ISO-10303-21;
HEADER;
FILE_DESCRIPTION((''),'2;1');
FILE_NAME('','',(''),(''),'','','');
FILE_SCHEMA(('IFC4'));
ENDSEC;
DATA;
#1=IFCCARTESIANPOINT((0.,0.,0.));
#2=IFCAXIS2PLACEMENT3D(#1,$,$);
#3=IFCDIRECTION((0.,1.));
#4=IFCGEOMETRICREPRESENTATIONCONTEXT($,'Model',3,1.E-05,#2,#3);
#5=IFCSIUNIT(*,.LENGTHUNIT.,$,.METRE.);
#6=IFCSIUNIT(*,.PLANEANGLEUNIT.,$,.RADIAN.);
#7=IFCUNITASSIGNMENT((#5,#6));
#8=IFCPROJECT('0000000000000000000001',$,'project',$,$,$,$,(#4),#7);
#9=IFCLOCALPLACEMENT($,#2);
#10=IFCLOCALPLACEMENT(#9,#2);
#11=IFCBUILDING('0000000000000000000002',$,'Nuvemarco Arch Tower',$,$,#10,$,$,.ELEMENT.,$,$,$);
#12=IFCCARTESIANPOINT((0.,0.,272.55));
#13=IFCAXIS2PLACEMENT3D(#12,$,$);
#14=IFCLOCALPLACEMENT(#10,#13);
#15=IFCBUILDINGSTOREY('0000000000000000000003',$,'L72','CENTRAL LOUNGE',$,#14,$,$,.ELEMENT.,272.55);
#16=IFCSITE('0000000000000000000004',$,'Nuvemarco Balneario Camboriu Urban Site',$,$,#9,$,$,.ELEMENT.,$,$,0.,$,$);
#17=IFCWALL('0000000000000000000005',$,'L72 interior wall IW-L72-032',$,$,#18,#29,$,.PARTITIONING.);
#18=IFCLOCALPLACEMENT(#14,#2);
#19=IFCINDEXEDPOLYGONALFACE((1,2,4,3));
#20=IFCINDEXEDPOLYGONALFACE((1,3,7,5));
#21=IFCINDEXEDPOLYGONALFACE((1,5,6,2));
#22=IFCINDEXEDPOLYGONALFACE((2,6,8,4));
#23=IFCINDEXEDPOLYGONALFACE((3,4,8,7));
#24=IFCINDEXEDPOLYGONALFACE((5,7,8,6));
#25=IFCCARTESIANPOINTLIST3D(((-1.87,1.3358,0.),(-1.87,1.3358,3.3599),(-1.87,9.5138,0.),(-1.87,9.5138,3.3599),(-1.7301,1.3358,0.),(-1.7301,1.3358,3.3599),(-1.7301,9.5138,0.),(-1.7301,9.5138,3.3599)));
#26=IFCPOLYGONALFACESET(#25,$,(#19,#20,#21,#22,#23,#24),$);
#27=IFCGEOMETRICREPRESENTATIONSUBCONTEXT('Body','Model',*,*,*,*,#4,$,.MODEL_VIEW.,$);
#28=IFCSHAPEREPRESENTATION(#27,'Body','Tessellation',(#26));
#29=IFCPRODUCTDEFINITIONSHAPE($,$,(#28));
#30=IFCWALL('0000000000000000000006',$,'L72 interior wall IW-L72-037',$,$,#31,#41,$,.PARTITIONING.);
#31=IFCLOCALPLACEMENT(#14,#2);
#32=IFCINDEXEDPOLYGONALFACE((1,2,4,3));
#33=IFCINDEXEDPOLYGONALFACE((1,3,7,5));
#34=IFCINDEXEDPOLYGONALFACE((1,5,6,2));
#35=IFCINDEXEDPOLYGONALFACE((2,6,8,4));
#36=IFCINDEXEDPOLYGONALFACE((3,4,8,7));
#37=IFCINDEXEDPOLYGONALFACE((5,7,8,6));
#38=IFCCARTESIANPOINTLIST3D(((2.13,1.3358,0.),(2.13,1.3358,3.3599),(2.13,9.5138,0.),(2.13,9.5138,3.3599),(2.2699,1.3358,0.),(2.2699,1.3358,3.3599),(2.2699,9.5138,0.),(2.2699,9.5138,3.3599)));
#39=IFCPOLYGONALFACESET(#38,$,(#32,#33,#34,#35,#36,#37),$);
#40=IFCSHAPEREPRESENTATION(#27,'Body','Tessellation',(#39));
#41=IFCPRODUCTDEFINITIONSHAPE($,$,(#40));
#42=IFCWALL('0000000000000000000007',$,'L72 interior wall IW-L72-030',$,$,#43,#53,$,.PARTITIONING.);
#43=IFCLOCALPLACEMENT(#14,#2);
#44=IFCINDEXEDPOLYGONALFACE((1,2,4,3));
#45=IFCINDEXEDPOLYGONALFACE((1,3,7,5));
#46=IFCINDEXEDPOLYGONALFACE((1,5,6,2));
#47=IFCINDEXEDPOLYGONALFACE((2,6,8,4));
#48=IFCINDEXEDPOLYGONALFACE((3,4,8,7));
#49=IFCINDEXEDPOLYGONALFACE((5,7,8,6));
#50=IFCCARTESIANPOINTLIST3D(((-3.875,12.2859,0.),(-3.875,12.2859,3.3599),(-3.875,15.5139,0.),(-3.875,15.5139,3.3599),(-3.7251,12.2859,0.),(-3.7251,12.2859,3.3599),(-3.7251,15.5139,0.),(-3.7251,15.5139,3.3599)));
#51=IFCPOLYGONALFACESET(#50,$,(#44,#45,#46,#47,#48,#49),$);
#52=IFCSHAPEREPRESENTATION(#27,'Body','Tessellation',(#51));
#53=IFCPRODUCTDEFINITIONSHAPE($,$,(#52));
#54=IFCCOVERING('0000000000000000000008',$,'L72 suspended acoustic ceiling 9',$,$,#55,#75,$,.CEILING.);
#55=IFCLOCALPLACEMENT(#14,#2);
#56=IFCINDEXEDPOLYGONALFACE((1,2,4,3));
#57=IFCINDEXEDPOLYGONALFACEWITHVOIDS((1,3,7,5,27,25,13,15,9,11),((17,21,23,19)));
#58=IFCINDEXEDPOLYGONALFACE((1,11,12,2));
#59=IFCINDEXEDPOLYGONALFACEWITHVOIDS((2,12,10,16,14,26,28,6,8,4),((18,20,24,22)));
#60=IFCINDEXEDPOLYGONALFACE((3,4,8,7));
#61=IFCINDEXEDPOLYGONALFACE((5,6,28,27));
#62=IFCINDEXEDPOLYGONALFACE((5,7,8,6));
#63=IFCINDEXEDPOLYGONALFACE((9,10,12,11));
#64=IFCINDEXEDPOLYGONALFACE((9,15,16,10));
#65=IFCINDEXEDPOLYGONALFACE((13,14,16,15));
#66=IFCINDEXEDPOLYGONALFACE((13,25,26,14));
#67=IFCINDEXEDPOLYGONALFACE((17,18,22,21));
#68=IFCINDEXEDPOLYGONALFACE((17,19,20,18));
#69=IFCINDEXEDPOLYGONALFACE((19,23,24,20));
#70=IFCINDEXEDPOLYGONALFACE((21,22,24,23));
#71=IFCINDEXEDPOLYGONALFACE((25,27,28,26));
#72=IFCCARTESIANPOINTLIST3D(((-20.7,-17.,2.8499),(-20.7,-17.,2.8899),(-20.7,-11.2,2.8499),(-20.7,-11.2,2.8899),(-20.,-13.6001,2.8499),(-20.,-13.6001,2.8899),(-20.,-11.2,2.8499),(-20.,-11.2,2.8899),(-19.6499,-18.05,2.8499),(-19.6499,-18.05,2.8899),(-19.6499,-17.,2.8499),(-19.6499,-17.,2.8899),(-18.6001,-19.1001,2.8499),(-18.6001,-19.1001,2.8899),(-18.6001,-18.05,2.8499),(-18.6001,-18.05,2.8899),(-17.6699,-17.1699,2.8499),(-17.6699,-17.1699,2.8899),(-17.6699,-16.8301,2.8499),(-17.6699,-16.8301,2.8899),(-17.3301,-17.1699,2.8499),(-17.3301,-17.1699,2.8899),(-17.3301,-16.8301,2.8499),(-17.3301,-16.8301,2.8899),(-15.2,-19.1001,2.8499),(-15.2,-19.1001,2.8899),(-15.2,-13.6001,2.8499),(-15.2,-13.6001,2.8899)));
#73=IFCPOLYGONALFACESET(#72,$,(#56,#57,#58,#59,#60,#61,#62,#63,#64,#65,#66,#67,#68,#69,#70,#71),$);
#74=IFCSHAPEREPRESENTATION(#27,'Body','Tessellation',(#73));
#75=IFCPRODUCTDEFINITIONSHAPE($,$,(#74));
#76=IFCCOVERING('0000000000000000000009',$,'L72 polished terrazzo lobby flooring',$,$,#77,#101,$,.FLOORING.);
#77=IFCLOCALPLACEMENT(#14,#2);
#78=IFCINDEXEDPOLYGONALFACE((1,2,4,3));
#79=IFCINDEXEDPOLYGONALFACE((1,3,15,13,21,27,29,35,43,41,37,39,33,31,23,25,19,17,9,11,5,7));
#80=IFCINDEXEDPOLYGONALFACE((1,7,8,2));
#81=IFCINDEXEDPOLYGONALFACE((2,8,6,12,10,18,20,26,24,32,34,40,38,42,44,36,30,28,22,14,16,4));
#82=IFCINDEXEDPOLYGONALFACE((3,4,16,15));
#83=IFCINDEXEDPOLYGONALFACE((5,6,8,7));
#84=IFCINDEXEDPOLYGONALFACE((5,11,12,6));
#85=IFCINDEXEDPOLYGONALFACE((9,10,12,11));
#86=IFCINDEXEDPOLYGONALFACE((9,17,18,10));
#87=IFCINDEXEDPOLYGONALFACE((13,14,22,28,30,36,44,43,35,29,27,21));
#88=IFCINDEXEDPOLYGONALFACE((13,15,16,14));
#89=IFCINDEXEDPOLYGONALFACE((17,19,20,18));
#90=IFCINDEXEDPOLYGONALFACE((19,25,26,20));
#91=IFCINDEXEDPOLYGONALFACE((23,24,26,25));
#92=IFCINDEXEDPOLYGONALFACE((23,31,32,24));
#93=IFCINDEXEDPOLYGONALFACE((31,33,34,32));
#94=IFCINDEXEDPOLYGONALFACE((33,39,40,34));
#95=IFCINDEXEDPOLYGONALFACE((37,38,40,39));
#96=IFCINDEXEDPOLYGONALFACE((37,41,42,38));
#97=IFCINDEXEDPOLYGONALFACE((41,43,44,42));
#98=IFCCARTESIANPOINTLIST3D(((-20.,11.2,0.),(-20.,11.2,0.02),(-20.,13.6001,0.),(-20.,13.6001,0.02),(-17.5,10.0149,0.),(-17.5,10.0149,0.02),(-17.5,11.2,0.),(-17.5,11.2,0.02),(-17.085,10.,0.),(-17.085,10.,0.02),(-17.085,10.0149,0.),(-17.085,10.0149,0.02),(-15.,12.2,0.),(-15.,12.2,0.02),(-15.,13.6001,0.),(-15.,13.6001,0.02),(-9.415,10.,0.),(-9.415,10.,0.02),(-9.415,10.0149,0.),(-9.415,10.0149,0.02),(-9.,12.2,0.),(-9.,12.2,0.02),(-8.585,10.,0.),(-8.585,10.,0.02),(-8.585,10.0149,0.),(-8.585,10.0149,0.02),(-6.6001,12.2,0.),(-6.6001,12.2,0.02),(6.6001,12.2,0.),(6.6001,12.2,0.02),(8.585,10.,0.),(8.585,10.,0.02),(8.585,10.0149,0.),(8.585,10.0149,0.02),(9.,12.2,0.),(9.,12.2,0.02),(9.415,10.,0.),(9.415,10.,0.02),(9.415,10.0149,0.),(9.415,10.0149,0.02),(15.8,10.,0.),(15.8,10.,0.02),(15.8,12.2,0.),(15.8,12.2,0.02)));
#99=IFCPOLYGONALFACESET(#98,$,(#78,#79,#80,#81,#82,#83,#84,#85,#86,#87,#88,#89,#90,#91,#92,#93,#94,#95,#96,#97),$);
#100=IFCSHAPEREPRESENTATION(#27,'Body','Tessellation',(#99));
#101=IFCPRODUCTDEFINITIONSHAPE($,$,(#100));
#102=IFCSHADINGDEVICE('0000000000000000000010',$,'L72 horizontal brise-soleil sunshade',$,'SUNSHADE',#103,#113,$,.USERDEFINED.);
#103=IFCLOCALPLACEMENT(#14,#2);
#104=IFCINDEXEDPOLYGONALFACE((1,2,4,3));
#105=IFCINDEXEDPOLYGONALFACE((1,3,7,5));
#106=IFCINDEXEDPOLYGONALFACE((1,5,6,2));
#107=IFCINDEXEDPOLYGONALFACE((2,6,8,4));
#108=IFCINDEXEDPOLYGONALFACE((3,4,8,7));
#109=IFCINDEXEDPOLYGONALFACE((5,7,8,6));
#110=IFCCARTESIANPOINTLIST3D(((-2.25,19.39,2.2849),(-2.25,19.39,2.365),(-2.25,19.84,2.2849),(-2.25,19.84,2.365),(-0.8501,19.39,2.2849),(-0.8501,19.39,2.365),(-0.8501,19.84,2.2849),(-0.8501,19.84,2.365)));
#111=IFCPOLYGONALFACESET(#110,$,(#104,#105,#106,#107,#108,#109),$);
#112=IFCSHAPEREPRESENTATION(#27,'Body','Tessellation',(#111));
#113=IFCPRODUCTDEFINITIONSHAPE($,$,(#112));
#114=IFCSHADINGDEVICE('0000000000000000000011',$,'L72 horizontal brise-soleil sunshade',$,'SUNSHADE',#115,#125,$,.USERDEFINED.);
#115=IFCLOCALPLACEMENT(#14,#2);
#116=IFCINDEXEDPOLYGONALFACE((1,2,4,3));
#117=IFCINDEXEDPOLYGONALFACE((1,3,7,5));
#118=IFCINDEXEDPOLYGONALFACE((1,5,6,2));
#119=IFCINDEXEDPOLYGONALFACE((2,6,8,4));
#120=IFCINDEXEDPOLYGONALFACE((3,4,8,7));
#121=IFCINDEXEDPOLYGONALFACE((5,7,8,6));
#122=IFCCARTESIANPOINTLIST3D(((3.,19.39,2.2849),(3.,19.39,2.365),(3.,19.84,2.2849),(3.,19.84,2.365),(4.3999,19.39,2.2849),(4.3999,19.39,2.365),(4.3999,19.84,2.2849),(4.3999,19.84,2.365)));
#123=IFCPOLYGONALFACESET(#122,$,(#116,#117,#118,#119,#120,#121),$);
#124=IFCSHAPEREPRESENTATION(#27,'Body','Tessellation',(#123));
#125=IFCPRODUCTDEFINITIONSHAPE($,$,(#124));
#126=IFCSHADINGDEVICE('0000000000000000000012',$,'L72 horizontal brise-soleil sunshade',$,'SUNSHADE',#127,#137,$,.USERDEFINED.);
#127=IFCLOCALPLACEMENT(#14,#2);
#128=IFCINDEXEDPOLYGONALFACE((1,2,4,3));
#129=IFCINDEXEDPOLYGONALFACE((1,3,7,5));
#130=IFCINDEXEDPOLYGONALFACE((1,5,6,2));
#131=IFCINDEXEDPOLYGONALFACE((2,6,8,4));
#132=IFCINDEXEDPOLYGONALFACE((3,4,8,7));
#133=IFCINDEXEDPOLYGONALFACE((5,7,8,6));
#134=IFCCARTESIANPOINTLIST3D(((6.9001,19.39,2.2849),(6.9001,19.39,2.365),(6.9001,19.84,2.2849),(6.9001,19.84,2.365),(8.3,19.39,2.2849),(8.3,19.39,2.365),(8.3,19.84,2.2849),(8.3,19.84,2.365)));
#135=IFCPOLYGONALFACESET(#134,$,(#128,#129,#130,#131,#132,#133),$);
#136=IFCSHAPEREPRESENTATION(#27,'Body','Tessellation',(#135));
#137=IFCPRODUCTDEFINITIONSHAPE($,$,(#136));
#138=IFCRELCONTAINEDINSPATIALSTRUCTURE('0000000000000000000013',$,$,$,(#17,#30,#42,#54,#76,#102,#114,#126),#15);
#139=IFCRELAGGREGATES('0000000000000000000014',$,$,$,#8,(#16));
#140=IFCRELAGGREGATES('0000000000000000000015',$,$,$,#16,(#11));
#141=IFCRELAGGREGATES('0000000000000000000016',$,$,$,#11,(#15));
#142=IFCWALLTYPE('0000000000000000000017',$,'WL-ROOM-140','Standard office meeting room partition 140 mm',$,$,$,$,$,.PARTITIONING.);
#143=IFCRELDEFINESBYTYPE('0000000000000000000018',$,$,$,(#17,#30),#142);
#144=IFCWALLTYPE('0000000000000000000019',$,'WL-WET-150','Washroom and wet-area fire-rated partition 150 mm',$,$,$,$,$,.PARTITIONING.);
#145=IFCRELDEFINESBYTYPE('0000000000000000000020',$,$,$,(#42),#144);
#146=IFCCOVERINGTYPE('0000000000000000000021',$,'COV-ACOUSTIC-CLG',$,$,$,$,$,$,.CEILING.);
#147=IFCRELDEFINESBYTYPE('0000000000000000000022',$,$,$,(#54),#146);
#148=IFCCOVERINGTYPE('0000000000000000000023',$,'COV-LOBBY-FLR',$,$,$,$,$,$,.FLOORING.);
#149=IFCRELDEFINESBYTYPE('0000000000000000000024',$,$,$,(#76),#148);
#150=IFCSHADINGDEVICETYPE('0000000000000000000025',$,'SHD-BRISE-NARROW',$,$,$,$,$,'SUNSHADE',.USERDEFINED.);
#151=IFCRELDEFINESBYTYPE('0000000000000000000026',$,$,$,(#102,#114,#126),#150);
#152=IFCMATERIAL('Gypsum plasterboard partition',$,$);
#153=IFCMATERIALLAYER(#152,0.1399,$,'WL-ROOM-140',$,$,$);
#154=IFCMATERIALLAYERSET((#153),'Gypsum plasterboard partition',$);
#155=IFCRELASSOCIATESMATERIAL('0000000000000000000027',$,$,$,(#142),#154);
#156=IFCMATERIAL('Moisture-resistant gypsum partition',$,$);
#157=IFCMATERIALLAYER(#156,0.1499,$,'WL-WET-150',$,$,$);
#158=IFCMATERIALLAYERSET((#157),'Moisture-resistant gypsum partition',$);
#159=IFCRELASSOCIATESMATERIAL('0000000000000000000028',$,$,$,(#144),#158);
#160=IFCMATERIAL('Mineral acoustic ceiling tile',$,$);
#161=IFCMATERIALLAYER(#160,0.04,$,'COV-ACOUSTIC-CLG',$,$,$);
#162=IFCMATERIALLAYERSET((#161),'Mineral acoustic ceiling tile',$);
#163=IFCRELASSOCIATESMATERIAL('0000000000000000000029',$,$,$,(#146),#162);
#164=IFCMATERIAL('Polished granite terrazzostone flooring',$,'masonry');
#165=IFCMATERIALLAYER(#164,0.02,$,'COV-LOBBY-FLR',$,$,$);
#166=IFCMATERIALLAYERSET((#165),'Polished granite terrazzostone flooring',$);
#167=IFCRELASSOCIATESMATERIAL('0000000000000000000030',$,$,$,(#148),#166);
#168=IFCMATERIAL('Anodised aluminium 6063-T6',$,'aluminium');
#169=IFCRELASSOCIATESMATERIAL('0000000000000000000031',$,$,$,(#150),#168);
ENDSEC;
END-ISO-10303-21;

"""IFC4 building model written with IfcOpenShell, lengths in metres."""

from ifc_helpers import new_model, si_unit, direction, frame, frame_2d, origin, origin_2d, place, context, subcontext, project, spatial, polyline, rectangle, outline, extrude, source, transform, mapped, material, layer, layer_set, type_object, type_shapes, element, save


model = new_model("IFC4")

# Units and contexts
model_context = context("Model", 3, precision=1e-05, world=origin(), true_north=direction((0.0, 1.0)))
body_context = subcontext(model_context, "Body", "Model", "MODEL_VIEW")
ifc_project = project(units=[si_unit("LENGTHUNIT", "METRE"), si_unit("PLANEANGLEUNIT", "RADIAN")], contexts=[model_context])

# Site, building, storey
site_placement = place(None, origin())
site = spatial("IfcSite", under=ifc_project, at=site_placement, Name="Nuvemarco Balneario Camboriu Urban Site", CompositionType="ELEMENT", RefElevation=0.0)
building_placement = place(site_placement, origin())
building = spatial("IfcBuilding", under=site, at=building_placement, Name="Nuvemarco Arch Tower", CompositionType="ELEMENT")
storey_placement = place(building_placement, frame((0.0, 0.0, 272.55)))
storey = spatial("IfcBuildingStorey", under=building, at=storey_placement, Name="L72", Description="CENTRAL LOUNGE", CompositionType="ELEMENT", Elevation=272.55)

# Walls
ifc_material_1 = material(Name="Gypsum plasterboard partition")
ifc_layer_1 = layer(ifc_material_1, 0.1399, Name="WL-ROOM-140")
ifc_layer_set_1 = layer_set([ifc_layer_1], Name="Gypsum plasterboard partition")
wall_type_1 = type_object("IfcWallType", Name="WL-ROOM-140", Description="Standard office meeting room partition 140 mm", PredefinedType="PARTITIONING", material=ifc_layer_set_1)
for number, where, z_axis, x_axis, name in (
    (1, (-1.8, 1.3359, 0.0), (0.0, 0.0, 1.0), (0.0, 1.0, 0.0), "L72 interior wall IW-L72-032"),
    (2, (2.2, 1.3359, 0.0), (0.0, 0.0, 1.0), (0.0, 1.0, 0.0), "L72 interior wall IW-L72-037"),
):
    element("IfcWall", number, at=place(storey_placement, frame(where, z_axis=z_axis, x_axis=x_axis)), inside=storey, type_object=wall_type_1, Name=name, PredefinedType="PARTITIONING", context=body_context, shape_type="SweptSolid", body=[
        extrude(rectangle(XDim=8.178, YDim=0.1399, at=frame_2d((4.0889, 0.0))), origin(), (0.0, 0.0, 1.0), 3.3599),
    ])
ifc_material_2 = material(Name="Moisture-resistant gypsum partition")
ifc_layer_2 = layer(ifc_material_2, 0.1499, Name="WL-WET-150")
ifc_layer_set_2 = layer_set([ifc_layer_2], Name="Moisture-resistant gypsum partition")
wall_type_2 = type_object("IfcWallType", Name="WL-WET-150", Description="Washroom and wet-area fire-rated partition 150 mm", PredefinedType="PARTITIONING", material=ifc_layer_set_2)
wall_1_placement = place(storey_placement, frame((-3.8, 12.2859, 0.0), z_axis=(0.0, 0.0, 1.0), x_axis=(0.0, 1.0, 0.0)))
element("IfcWall", 3, at=wall_1_placement, inside=storey, type_object=wall_type_2, Name="L72 interior wall IW-L72-030", PredefinedType="PARTITIONING", context=body_context, shape_type="SweptSolid", body=[
    extrude(rectangle(XDim=3.228, YDim=0.1499, at=frame_2d((1.614, 0.0))), origin(), (0.0, 0.0, 1.0), 3.3599),
])

# Coverings
ifc_material_3 = material(Name="Mineral acoustic ceiling tile")
ifc_layer_3 = layer(ifc_material_3, 0.04, Name="COV-ACOUSTIC-CLG")
ifc_layer_set_3 = layer_set([ifc_layer_3], Name="Mineral acoustic ceiling tile")
covering_type_1 = type_object("IfcCoveringType", Name="COV-ACOUSTIC-CLG", PredefinedType="CEILING", material=ifc_layer_set_3)
covering_1_placement = place(storey_placement, frame((0.0, 0.0, 2.8499)))
element("IfcCovering", 4, at=covering_1_placement, inside=storey, type_object=covering_type_1, Name="L72 suspended acoustic ceiling 9", PredefinedType="CEILING", context=body_context, shape_type="SweptSolid", body=[
    extrude(outline(polyline([(-20.7, -17.0), (-20.7, -11.2), (-20.0, -11.2), (-20.0, -13.6001), (-15.2, -13.6001), (-15.2, -19.1001), (-18.6001, -19.1001), (-18.6001, -18.05), (-19.6499, -18.05), (-19.6499, -17.0), (-20.7, -17.0)]), holes=[polyline([(-17.3301, -16.8301), (-17.6699, -16.8301), (-17.6699, -17.1699), (-17.3301, -17.1699), (-17.3301, -16.8301)])]), origin(), (0.0, 0.0, 1.0), 0.04),
])
ifc_material_4 = material(Name="Polished granite terrazzostone flooring", Category="masonry")
ifc_layer_4 = layer(ifc_material_4, 0.02, Name="COV-LOBBY-FLR")
ifc_layer_set_4 = layer_set([ifc_layer_4], Name="Polished granite terrazzostone flooring")
covering_type_2 = type_object("IfcCoveringType", Name="COV-LOBBY-FLR", PredefinedType="FLOORING", material=ifc_layer_set_4)
covering_2_placement = place(storey_placement, origin())
element("IfcCovering", 5, at=covering_2_placement, inside=storey, type_object=covering_type_2, Name="L72 polished terrazzo lobby flooring", PredefinedType="FLOORING", context=body_context, shape_type="SweptSolid", body=[
    extrude(outline(polyline([(-8.585, 10.0149), (-9.415, 10.0149), (-9.415, 10.0), (-17.085, 10.0), (-17.085, 10.0149), (-17.5, 10.0149), (-17.5, 11.2), (-20.0, 11.2), (-20.0, 13.6001), (-15.0, 13.6001), (-15.0, 12.2), (-9.0, 12.2), (-6.6001, 12.2), (6.6001, 12.2), (9.0, 12.2), (15.8, 12.2), (15.8, 10.0), (9.415, 10.0), (9.415, 10.0149), (8.585, 10.0149), (8.585, 10.0), (-8.585, 10.0), (-8.585, 10.0149)])), origin(), (0.0, 0.0, 1.0), 0.02),
])

# Shading devices
ifc_material_5 = material(Name="Anodised aluminium 6063-T6", Category="aluminium")
shading_device_type = type_object("IfcShadingDeviceType", Name="SHD-BRISE-NARROW", ElementType="SUNSHADE", PredefinedType="USERDEFINED", material=ifc_material_5)
shared_shape_1 = source(origin(), body_context, "Body", "SweptSolid", [
    extrude(rectangle(XDim=1.3999, YDim=0.45, at=origin_2d()), origin(), (0.0, 0.0, 1.0), 0.0801),
])
type_shapes(shading_device_type, [shared_shape_1])
for number, where, z_axis, x_axis, name in (
    (6, (-1.55, 19.615, 2.2849), (0.0, 0.0, 1.0), (1.0, 0.0, 0.0), "L72 horizontal brise-soleil sunshade"),
    (7, (3.7, 19.615, 2.2849), (0.0, 0.0, 1.0), (1.0, 0.0, 0.0), "L72 horizontal brise-soleil sunshade"),
    (8, (7.6001, 19.615, 2.2849), (0.0, 0.0, 1.0), (1.0, 0.0, 0.0), "L72 horizontal brise-soleil sunshade"),
):
    element("IfcShadingDevice", number, at=place(storey_placement, frame(where, z_axis=z_axis, x_axis=x_axis)), inside=storey, type_object=shading_device_type, Name=name, ObjectType="SUNSHADE", PredefinedType="USERDEFINED", context=body_context, shape_type="MappedRepresentation", body=[
        mapped(shared_shape_1, transform((0.0, 0.0, 0.0), scale=1.0)),
    ])

save(model, "model.ifc")
